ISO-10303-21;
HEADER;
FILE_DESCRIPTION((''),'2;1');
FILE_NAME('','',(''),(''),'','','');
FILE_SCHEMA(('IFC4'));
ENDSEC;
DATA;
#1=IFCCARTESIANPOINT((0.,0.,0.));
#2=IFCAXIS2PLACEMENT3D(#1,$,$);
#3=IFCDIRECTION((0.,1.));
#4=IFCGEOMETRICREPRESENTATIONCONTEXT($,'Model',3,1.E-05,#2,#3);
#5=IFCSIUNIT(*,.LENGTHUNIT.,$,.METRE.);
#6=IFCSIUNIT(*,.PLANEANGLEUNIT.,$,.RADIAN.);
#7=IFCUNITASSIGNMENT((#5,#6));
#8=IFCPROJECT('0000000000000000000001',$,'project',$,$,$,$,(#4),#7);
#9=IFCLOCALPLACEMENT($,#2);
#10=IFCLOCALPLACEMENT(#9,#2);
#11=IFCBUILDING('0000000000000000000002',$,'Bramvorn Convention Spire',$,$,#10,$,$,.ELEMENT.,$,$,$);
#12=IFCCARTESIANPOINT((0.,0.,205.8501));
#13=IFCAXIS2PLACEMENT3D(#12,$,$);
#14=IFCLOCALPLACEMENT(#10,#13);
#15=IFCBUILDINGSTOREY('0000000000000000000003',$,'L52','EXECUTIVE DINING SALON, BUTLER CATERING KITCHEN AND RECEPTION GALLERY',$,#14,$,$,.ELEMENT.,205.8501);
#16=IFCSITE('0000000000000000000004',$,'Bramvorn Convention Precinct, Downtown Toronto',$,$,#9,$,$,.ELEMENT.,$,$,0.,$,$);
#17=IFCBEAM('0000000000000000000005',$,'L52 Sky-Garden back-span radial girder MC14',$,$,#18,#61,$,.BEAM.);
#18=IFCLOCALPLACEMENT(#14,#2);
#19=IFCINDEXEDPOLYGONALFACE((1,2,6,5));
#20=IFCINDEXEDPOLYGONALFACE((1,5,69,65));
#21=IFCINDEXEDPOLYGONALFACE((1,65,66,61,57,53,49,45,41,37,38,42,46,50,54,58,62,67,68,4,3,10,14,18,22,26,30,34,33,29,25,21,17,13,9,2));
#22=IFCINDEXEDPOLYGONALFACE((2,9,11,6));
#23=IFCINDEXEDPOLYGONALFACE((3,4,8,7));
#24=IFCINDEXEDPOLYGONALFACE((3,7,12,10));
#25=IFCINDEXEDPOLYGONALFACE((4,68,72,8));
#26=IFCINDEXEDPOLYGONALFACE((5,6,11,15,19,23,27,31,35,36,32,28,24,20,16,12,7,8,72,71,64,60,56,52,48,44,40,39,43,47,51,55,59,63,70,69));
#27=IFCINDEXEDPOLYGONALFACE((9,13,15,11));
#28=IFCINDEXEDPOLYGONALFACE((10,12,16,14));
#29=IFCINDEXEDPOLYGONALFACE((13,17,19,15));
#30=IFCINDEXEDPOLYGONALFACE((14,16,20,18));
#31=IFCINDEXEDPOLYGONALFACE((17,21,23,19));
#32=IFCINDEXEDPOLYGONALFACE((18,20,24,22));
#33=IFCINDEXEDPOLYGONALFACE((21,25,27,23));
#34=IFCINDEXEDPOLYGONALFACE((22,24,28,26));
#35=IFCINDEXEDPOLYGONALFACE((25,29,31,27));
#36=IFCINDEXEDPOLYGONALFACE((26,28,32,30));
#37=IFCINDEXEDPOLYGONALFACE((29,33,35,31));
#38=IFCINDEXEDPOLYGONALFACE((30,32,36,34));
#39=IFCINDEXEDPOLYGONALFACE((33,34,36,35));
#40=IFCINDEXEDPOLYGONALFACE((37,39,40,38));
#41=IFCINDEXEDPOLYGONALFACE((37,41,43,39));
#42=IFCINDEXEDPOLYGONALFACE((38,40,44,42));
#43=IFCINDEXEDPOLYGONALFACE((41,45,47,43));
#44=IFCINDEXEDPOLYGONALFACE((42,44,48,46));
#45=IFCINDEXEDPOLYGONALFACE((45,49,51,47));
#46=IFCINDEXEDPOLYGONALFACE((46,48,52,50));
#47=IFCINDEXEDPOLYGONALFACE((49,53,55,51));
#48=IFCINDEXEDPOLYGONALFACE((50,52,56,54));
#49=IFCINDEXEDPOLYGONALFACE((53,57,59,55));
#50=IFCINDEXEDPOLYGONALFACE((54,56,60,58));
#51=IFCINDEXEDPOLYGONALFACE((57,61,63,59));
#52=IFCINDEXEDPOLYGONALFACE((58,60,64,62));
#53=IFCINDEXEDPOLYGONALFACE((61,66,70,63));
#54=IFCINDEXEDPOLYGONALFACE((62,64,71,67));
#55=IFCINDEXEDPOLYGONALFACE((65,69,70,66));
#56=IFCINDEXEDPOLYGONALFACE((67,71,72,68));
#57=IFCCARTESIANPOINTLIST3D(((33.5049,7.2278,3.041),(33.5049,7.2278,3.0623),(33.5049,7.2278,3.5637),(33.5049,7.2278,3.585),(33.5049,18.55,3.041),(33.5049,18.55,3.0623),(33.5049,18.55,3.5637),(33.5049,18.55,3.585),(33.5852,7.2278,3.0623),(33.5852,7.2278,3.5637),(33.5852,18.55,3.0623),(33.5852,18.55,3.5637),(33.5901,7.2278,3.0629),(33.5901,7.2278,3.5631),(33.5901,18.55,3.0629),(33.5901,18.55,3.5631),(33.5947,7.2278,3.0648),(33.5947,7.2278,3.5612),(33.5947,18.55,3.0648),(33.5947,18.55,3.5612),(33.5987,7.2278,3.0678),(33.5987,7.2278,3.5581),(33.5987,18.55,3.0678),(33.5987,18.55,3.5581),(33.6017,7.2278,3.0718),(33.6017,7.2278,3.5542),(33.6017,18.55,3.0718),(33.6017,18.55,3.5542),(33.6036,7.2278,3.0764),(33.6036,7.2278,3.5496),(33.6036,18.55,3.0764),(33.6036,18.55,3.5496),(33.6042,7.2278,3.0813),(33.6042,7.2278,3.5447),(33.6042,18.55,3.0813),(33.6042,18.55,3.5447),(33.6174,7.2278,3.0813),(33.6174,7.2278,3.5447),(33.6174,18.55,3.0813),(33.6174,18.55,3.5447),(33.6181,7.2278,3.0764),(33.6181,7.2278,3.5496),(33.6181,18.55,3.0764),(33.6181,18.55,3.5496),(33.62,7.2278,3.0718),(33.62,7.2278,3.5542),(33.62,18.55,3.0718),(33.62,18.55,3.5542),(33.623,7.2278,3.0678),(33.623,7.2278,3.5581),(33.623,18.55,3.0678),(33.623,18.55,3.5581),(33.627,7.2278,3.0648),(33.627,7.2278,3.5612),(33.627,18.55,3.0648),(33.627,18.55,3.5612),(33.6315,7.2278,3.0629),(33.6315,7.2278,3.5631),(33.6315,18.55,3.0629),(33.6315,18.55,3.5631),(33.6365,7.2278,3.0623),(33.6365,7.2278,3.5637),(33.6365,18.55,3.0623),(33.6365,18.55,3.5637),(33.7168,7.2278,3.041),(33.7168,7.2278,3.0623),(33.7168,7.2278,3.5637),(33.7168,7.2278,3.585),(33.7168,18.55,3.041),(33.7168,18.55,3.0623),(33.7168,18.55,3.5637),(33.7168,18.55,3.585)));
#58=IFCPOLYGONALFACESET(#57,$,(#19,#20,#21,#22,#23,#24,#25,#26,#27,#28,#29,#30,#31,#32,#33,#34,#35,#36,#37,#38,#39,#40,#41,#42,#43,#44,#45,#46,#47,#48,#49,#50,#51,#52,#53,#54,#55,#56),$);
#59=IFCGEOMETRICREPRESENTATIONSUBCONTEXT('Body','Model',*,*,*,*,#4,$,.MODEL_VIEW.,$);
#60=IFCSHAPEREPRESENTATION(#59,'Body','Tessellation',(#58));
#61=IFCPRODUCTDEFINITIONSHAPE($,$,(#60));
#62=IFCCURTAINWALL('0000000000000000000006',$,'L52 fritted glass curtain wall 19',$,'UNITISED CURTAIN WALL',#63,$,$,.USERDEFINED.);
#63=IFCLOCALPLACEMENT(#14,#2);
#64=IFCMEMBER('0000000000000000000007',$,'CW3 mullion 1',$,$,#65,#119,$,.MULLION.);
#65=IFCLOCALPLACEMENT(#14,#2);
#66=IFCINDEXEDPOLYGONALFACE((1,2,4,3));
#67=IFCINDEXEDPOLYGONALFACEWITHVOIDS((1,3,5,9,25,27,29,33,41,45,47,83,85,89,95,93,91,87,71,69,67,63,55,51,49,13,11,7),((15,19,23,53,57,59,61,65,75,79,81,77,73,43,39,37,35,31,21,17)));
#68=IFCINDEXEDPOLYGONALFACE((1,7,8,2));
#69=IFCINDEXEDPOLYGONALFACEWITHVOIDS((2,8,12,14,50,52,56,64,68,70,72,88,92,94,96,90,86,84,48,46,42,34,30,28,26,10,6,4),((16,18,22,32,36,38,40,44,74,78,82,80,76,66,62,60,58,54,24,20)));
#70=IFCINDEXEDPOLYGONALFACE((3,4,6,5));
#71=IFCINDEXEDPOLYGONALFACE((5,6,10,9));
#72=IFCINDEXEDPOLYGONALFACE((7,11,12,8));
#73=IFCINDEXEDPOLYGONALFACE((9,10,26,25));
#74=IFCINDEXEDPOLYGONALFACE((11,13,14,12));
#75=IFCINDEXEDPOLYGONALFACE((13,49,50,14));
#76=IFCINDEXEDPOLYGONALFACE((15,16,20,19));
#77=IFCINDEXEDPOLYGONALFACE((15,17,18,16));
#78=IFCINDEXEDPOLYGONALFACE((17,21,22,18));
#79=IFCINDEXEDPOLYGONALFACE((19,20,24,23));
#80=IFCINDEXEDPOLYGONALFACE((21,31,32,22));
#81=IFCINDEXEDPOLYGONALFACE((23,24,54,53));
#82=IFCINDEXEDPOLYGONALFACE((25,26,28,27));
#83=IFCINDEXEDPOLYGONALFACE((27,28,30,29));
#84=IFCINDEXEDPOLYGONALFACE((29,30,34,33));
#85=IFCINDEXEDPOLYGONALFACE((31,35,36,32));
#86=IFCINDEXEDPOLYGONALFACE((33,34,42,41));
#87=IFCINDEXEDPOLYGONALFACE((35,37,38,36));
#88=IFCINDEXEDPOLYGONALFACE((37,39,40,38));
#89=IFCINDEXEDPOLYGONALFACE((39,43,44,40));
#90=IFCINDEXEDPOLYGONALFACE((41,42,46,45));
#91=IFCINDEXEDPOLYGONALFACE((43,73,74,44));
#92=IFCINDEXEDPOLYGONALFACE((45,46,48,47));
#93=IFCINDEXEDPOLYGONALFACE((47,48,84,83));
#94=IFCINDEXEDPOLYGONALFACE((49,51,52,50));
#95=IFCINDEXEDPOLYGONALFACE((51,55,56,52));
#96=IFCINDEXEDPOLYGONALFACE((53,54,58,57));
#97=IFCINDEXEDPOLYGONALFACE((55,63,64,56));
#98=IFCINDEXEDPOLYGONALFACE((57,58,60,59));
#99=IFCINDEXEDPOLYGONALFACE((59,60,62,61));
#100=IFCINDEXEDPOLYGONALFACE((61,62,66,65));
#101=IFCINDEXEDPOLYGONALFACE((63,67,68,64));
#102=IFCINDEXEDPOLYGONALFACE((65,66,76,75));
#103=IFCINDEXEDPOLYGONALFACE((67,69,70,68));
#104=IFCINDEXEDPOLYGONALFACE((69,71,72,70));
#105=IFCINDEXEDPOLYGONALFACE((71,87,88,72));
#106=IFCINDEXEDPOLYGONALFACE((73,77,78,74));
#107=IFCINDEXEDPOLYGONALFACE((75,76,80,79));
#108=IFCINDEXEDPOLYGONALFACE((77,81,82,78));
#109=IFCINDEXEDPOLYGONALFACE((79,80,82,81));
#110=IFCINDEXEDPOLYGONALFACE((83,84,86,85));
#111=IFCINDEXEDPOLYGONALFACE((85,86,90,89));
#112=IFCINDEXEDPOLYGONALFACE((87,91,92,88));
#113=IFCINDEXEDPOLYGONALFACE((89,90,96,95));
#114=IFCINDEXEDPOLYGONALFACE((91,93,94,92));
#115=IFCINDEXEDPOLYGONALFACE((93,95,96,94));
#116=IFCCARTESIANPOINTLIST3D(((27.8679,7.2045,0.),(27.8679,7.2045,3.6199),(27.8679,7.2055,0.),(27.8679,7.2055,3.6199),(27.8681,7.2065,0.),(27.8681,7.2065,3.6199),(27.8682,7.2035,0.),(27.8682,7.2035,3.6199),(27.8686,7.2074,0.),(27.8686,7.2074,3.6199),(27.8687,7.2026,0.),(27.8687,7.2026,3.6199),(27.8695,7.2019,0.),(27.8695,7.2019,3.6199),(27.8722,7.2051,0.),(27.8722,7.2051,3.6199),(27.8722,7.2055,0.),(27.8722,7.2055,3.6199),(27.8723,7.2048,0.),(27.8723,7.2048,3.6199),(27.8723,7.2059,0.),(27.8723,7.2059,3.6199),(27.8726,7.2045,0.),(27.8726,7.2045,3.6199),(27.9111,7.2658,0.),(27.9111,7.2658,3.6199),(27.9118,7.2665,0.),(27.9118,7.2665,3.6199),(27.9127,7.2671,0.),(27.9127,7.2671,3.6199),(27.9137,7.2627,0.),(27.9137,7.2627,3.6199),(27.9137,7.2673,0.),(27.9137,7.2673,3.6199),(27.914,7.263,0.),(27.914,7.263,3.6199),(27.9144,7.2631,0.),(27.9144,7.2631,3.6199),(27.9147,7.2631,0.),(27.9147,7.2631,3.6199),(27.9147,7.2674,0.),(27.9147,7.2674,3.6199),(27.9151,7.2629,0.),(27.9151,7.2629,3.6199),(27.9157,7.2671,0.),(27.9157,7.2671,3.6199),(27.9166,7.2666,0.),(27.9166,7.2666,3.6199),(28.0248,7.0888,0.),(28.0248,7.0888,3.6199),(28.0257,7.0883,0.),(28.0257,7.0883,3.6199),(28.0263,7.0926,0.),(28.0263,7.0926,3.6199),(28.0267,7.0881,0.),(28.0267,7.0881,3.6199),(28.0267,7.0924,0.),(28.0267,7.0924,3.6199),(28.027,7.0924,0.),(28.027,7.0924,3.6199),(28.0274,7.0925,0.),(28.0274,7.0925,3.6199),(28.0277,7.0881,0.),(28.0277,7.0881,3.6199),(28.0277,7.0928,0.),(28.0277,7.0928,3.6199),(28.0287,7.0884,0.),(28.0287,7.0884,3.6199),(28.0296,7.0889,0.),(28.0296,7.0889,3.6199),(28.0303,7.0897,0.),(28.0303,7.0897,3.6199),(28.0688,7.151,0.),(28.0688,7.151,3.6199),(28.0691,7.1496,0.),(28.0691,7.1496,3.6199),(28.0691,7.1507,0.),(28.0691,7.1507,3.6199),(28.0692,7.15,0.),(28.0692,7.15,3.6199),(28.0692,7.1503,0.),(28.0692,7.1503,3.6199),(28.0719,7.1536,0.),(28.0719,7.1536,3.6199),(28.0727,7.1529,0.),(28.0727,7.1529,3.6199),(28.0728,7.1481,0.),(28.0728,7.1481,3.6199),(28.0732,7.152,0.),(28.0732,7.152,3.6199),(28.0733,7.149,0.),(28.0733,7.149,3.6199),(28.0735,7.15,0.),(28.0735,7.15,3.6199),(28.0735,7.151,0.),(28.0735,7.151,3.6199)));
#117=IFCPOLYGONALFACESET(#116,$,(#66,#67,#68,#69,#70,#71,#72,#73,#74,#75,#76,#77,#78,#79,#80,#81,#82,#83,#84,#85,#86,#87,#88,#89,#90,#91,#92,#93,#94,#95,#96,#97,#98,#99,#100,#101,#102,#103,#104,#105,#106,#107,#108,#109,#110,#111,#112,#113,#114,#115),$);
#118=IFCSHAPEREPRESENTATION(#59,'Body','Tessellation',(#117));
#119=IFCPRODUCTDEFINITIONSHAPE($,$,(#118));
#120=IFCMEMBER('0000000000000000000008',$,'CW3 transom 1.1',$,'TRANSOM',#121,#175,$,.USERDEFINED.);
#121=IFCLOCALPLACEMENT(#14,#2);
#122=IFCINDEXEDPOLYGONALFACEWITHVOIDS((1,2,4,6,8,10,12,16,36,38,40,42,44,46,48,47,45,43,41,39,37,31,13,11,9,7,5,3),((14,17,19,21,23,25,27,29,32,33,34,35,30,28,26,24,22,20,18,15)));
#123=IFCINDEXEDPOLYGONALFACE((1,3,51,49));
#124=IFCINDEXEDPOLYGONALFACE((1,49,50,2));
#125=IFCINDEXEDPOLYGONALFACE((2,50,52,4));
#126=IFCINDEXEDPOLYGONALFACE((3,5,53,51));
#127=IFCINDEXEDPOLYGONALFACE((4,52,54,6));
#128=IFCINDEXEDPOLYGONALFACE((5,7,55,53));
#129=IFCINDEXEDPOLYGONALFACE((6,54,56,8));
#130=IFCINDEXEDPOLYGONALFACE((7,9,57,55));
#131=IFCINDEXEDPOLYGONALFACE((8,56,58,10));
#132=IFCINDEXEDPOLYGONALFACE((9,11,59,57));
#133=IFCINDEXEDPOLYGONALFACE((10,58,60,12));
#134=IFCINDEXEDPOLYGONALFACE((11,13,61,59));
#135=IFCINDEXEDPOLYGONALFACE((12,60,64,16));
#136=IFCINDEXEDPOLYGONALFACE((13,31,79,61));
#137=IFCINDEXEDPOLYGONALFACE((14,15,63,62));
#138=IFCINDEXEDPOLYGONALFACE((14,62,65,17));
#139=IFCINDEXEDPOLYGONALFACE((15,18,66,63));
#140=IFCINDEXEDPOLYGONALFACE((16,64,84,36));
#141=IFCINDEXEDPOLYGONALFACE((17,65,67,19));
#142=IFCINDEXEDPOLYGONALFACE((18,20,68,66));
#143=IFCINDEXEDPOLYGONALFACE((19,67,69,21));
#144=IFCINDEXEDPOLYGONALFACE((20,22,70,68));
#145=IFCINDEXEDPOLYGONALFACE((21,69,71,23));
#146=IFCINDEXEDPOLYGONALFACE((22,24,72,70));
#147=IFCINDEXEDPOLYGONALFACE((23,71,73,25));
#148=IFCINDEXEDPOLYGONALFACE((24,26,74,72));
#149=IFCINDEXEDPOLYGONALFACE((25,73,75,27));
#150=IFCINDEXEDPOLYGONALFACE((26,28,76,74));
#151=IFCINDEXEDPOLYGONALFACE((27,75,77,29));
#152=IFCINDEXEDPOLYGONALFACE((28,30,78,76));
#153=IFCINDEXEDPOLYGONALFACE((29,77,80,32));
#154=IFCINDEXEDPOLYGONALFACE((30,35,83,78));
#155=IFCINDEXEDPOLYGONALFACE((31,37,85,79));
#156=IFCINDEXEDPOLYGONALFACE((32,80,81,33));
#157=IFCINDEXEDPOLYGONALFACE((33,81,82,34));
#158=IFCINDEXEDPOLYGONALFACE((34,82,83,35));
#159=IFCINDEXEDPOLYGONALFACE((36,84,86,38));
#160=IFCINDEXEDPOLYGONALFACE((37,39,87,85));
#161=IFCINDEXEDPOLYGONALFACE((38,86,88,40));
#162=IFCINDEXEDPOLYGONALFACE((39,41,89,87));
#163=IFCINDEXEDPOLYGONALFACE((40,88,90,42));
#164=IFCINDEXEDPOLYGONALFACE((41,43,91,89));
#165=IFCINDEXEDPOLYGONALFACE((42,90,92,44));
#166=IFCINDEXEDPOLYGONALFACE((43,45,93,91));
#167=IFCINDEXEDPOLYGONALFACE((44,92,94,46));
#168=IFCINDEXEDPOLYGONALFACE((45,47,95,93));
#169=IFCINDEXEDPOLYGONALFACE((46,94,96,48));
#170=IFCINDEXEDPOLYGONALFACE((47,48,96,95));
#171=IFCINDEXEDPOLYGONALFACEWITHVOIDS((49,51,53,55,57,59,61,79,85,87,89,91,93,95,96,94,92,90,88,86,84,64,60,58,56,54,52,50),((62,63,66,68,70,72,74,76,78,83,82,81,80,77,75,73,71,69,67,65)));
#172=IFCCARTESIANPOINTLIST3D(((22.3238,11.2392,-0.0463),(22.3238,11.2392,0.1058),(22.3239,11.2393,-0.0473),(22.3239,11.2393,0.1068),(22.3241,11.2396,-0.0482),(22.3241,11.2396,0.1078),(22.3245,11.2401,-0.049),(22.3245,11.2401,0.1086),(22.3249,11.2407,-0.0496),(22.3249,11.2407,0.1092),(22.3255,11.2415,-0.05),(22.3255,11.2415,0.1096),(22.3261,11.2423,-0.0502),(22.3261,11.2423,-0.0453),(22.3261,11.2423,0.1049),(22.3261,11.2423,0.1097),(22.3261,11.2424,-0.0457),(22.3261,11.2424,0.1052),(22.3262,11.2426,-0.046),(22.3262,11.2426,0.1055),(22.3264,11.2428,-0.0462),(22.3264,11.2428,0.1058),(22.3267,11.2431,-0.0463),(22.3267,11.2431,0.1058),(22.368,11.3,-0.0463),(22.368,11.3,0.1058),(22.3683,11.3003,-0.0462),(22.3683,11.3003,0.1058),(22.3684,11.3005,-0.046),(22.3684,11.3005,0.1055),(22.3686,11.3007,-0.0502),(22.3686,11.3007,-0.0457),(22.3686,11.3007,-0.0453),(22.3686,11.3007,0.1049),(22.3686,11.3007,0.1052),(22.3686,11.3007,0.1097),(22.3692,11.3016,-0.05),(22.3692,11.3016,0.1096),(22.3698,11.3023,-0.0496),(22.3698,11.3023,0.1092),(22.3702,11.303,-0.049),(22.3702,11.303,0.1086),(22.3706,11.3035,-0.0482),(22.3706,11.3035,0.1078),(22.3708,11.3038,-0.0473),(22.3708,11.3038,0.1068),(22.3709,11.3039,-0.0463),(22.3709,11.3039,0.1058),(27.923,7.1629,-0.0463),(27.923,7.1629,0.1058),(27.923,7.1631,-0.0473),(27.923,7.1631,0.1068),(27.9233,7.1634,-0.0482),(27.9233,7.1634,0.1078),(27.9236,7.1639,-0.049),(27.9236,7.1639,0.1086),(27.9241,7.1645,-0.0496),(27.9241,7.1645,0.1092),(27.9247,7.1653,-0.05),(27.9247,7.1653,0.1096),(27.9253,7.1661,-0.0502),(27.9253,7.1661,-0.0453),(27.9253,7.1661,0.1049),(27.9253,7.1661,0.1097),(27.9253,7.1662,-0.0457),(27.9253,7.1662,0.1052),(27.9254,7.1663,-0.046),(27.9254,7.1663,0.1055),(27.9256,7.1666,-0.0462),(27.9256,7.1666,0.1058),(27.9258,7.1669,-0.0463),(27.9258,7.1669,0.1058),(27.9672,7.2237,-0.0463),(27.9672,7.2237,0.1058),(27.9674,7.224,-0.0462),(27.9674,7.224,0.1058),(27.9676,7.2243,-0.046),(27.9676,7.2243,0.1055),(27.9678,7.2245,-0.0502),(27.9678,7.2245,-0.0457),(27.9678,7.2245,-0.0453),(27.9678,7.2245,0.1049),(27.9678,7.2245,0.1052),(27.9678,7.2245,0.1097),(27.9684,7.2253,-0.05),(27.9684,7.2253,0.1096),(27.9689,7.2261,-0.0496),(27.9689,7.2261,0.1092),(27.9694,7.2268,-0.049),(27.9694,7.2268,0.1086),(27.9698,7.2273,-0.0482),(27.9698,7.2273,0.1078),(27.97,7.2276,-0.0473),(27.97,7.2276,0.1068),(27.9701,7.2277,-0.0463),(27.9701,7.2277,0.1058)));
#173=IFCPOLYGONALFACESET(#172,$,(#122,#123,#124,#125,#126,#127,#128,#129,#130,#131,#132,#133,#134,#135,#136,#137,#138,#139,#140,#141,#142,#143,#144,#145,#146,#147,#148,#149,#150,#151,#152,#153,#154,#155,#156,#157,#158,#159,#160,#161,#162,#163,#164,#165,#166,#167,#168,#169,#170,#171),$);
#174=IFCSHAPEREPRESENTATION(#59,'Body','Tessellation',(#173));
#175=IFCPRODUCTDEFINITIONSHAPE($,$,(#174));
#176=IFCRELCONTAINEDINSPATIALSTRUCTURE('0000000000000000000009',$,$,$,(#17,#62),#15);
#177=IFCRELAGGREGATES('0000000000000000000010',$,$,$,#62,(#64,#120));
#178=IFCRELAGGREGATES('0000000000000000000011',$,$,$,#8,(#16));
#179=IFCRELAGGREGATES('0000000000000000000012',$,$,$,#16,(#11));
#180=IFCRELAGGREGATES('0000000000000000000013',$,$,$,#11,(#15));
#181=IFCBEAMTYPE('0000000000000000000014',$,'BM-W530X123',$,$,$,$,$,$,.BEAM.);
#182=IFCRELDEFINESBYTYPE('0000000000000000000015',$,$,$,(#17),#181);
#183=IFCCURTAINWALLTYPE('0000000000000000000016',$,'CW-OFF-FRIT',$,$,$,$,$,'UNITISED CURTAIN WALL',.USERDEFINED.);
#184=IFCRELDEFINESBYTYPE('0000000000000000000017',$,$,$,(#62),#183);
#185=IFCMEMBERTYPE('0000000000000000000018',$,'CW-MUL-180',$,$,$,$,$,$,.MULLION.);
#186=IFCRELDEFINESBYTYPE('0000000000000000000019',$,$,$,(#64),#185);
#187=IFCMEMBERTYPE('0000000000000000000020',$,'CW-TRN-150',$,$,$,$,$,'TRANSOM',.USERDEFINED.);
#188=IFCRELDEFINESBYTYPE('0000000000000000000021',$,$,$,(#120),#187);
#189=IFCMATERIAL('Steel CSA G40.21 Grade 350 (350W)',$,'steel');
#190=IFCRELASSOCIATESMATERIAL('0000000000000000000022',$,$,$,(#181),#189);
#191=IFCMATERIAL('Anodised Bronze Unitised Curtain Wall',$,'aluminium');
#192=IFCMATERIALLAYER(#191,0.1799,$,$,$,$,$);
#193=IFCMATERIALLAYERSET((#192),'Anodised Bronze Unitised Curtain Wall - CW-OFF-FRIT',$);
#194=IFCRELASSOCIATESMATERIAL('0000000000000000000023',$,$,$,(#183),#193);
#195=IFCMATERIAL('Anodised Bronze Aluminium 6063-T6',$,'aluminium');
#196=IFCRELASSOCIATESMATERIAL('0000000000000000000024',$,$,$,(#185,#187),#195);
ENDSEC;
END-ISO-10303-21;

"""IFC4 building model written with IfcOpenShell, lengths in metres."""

from ifc_helpers import new_model, si_unit, direction, frame, origin, origin_2d, place, context, subcontext, project, spatial, hollow_rectangle, i_section, extrude, material, layer, layer_set, material_profile, profile_set, type_object, element, aggregate, save


model = new_model("IFC4")

# Units and contexts
model_context = context("Model", 3, precision=1e-05, world=origin(), true_north=direction((0.0, 1.0)))
body_context = subcontext(model_context, "Body", "Model", "MODEL_VIEW")
ifc_project = project(units=[si_unit("LENGTHUNIT", "METRE"), si_unit("PLANEANGLEUNIT", "RADIAN")], contexts=[model_context])

# Site, building, storey
site_placement = place(None, origin())
site = spatial("IfcSite", under=ifc_project, at=site_placement, Name="Bramvorn Convention Precinct, Downtown Toronto", CompositionType="ELEMENT", RefElevation=0.0)
building_placement = place(site_placement, origin())
building = spatial("IfcBuilding", under=site, at=building_placement, Name="Bramvorn Convention Spire", CompositionType="ELEMENT")
storey_placement = place(building_placement, frame((0.0, 0.0, 205.8501)))
storey = spatial("IfcBuildingStorey", under=building, at=storey_placement, Name="L52", Description="EXECUTIVE DINING SALON, BUTLER CATERING KITCHEN AND RECEPTION GALLERY", CompositionType="ELEMENT", Elevation=205.8501)

# Shared definitions
ifc_material_1 = material(Name="Steel CSA G40.21 Grade 350 (350W)", Category="steel")

# Beam
ifc_material_profile_1 = material_profile(ifc_material_1, i_section(OverallWidth=0.2119, OverallDepth=0.5439, WebThickness=0.0132, FlangeThickness=0.0212, FilletRadius=0.019, at=origin_2d()))
ifc_profile_set_1 = profile_set([ifc_material_profile_1], Name="Steel CSA G40.21 Grade 350 (350W) - W530X123")
beam_type_1 = type_object("IfcBeamType", Name="BM-W530X123", PredefinedType="BEAM", material=ifc_profile_set_1)
beam_1_placement = place(storey_placement, frame((33.6108, 18.55, 3.313), z_axis=(0.0, -1.0, 0.0), x_axis=(1.0, 0.0, 0.0)))
element("IfcBeam", 1, at=beam_1_placement, inside=storey, type_object=beam_type_1, Name="L52 Sky-Garden back-span radial girder MC14", PredefinedType="BEAM", context=body_context, shape_type="SweptSolid", body=[
    extrude(i_section(OverallWidth=0.2119, OverallDepth=0.5439, WebThickness=0.0132, FlangeThickness=0.0212, FilletRadius=0.019, at=origin_2d()), origin(), (0.0, 0.0, 1.0), 11.3223),
])

# Curtain wall, members
ifc_material_2 = material(Name="Anodised Bronze Unitised Curtain Wall", Category="aluminium")
ifc_layer_1 = layer(ifc_material_2, 0.1799)
ifc_layer_set_1 = layer_set([ifc_layer_1], Name="Anodised Bronze Unitised Curtain Wall - CW-OFF-FRIT")
curtain_wall_type = type_object("IfcCurtainWallType", Name="CW-OFF-FRIT", ElementType="UNITISED CURTAIN WALL", PredefinedType="USERDEFINED", material=ifc_layer_set_1)
curtain_wall_placement = place(storey_placement, origin())
curtain_wall = element("IfcCurtainWall", 2, at=curtain_wall_placement, inside=storey, type_object=curtain_wall_type, Name="L52 fritted glass curtain wall 19", ObjectType="UNITISED CURTAIN WALL", PredefinedType="USERDEFINED")
ifc_material_3 = material(Name="Anodised Bronze Aluminium 6063-T6", Category="aluminium")
ifc_material_profile_2 = material_profile(ifc_material_3, hollow_rectangle(XDim=0.0801, YDim=0.2, WallThickness=0.0039, InnerFilletRadius=0.001, OuterFilletRadius=0.0039, at=origin_2d()))
ifc_profile_set_2 = profile_set([ifc_material_profile_2], Name="Anodised Bronze Aluminium 6063-T6 - CWM80X200")
member_type_1 = type_object("IfcMemberType", Name="CW-MUL-180", PredefinedType="MULLION", material=ifc_profile_set_2)
member_1_placement = place(storey_placement, frame((27.9707, 7.1777, 0.0), z_axis=(0.0, 0.0, 1.0), x_axis=(-0.588551, -0.80846, 0.0)))
member_1 = element("IfcMember", 3, at=member_1_placement, type_object=member_type_1, Name="CW3 mullion 1", PredefinedType="MULLION", context=body_context, shape_type="SweptSolid", body=[
    extrude(hollow_rectangle(XDim=0.0801, YDim=0.2, WallThickness=0.0039, InnerFilletRadius=0.001, OuterFilletRadius=0.0039, at=origin_2d()), origin(), (0.0, 0.0, 1.0), 3.6199),
])
ifc_material_profile_3 = material_profile(ifc_material_3, hollow_rectangle(XDim=0.0801, YDim=0.1599, WallThickness=0.0039, InnerFilletRadius=0.001, OuterFilletRadius=0.0039, at=origin_2d()))
ifc_profile_set_3 = profile_set([ifc_material_profile_3], Name="Anodised Bronze Aluminium 6063-T6 - CWT80X160")
member_type_2 = type_object("IfcMemberType", Name="CW-TRN-150", ElementType="TRANSOM", PredefinedType="USERDEFINED", material=ifc_profile_set_3)
member_2_placement = place(storey_placement, frame((27.9465, 7.1953, 0.0298), z_axis=(-0.808456, 0.588557, 0.0), x_axis=(-0.588557, -0.808456, 0.0)))
member_2 = element("IfcMember", 4, at=member_2_placement, type_object=member_type_2, Name="CW3 transom 1.1", ObjectType="TRANSOM", PredefinedType="USERDEFINED", context=body_context, shape_type="SweptSolid", body=[
    extrude(hollow_rectangle(XDim=0.0801, YDim=0.1599, WallThickness=0.0039, InnerFilletRadius=0.001, OuterFilletRadius=0.0039, at=origin_2d()), origin(), (0.0, 0.0, 1.0), 6.9258),
])
aggregate(curtain_wall, [member_1, member_2])

save(model, "model.ifc")
